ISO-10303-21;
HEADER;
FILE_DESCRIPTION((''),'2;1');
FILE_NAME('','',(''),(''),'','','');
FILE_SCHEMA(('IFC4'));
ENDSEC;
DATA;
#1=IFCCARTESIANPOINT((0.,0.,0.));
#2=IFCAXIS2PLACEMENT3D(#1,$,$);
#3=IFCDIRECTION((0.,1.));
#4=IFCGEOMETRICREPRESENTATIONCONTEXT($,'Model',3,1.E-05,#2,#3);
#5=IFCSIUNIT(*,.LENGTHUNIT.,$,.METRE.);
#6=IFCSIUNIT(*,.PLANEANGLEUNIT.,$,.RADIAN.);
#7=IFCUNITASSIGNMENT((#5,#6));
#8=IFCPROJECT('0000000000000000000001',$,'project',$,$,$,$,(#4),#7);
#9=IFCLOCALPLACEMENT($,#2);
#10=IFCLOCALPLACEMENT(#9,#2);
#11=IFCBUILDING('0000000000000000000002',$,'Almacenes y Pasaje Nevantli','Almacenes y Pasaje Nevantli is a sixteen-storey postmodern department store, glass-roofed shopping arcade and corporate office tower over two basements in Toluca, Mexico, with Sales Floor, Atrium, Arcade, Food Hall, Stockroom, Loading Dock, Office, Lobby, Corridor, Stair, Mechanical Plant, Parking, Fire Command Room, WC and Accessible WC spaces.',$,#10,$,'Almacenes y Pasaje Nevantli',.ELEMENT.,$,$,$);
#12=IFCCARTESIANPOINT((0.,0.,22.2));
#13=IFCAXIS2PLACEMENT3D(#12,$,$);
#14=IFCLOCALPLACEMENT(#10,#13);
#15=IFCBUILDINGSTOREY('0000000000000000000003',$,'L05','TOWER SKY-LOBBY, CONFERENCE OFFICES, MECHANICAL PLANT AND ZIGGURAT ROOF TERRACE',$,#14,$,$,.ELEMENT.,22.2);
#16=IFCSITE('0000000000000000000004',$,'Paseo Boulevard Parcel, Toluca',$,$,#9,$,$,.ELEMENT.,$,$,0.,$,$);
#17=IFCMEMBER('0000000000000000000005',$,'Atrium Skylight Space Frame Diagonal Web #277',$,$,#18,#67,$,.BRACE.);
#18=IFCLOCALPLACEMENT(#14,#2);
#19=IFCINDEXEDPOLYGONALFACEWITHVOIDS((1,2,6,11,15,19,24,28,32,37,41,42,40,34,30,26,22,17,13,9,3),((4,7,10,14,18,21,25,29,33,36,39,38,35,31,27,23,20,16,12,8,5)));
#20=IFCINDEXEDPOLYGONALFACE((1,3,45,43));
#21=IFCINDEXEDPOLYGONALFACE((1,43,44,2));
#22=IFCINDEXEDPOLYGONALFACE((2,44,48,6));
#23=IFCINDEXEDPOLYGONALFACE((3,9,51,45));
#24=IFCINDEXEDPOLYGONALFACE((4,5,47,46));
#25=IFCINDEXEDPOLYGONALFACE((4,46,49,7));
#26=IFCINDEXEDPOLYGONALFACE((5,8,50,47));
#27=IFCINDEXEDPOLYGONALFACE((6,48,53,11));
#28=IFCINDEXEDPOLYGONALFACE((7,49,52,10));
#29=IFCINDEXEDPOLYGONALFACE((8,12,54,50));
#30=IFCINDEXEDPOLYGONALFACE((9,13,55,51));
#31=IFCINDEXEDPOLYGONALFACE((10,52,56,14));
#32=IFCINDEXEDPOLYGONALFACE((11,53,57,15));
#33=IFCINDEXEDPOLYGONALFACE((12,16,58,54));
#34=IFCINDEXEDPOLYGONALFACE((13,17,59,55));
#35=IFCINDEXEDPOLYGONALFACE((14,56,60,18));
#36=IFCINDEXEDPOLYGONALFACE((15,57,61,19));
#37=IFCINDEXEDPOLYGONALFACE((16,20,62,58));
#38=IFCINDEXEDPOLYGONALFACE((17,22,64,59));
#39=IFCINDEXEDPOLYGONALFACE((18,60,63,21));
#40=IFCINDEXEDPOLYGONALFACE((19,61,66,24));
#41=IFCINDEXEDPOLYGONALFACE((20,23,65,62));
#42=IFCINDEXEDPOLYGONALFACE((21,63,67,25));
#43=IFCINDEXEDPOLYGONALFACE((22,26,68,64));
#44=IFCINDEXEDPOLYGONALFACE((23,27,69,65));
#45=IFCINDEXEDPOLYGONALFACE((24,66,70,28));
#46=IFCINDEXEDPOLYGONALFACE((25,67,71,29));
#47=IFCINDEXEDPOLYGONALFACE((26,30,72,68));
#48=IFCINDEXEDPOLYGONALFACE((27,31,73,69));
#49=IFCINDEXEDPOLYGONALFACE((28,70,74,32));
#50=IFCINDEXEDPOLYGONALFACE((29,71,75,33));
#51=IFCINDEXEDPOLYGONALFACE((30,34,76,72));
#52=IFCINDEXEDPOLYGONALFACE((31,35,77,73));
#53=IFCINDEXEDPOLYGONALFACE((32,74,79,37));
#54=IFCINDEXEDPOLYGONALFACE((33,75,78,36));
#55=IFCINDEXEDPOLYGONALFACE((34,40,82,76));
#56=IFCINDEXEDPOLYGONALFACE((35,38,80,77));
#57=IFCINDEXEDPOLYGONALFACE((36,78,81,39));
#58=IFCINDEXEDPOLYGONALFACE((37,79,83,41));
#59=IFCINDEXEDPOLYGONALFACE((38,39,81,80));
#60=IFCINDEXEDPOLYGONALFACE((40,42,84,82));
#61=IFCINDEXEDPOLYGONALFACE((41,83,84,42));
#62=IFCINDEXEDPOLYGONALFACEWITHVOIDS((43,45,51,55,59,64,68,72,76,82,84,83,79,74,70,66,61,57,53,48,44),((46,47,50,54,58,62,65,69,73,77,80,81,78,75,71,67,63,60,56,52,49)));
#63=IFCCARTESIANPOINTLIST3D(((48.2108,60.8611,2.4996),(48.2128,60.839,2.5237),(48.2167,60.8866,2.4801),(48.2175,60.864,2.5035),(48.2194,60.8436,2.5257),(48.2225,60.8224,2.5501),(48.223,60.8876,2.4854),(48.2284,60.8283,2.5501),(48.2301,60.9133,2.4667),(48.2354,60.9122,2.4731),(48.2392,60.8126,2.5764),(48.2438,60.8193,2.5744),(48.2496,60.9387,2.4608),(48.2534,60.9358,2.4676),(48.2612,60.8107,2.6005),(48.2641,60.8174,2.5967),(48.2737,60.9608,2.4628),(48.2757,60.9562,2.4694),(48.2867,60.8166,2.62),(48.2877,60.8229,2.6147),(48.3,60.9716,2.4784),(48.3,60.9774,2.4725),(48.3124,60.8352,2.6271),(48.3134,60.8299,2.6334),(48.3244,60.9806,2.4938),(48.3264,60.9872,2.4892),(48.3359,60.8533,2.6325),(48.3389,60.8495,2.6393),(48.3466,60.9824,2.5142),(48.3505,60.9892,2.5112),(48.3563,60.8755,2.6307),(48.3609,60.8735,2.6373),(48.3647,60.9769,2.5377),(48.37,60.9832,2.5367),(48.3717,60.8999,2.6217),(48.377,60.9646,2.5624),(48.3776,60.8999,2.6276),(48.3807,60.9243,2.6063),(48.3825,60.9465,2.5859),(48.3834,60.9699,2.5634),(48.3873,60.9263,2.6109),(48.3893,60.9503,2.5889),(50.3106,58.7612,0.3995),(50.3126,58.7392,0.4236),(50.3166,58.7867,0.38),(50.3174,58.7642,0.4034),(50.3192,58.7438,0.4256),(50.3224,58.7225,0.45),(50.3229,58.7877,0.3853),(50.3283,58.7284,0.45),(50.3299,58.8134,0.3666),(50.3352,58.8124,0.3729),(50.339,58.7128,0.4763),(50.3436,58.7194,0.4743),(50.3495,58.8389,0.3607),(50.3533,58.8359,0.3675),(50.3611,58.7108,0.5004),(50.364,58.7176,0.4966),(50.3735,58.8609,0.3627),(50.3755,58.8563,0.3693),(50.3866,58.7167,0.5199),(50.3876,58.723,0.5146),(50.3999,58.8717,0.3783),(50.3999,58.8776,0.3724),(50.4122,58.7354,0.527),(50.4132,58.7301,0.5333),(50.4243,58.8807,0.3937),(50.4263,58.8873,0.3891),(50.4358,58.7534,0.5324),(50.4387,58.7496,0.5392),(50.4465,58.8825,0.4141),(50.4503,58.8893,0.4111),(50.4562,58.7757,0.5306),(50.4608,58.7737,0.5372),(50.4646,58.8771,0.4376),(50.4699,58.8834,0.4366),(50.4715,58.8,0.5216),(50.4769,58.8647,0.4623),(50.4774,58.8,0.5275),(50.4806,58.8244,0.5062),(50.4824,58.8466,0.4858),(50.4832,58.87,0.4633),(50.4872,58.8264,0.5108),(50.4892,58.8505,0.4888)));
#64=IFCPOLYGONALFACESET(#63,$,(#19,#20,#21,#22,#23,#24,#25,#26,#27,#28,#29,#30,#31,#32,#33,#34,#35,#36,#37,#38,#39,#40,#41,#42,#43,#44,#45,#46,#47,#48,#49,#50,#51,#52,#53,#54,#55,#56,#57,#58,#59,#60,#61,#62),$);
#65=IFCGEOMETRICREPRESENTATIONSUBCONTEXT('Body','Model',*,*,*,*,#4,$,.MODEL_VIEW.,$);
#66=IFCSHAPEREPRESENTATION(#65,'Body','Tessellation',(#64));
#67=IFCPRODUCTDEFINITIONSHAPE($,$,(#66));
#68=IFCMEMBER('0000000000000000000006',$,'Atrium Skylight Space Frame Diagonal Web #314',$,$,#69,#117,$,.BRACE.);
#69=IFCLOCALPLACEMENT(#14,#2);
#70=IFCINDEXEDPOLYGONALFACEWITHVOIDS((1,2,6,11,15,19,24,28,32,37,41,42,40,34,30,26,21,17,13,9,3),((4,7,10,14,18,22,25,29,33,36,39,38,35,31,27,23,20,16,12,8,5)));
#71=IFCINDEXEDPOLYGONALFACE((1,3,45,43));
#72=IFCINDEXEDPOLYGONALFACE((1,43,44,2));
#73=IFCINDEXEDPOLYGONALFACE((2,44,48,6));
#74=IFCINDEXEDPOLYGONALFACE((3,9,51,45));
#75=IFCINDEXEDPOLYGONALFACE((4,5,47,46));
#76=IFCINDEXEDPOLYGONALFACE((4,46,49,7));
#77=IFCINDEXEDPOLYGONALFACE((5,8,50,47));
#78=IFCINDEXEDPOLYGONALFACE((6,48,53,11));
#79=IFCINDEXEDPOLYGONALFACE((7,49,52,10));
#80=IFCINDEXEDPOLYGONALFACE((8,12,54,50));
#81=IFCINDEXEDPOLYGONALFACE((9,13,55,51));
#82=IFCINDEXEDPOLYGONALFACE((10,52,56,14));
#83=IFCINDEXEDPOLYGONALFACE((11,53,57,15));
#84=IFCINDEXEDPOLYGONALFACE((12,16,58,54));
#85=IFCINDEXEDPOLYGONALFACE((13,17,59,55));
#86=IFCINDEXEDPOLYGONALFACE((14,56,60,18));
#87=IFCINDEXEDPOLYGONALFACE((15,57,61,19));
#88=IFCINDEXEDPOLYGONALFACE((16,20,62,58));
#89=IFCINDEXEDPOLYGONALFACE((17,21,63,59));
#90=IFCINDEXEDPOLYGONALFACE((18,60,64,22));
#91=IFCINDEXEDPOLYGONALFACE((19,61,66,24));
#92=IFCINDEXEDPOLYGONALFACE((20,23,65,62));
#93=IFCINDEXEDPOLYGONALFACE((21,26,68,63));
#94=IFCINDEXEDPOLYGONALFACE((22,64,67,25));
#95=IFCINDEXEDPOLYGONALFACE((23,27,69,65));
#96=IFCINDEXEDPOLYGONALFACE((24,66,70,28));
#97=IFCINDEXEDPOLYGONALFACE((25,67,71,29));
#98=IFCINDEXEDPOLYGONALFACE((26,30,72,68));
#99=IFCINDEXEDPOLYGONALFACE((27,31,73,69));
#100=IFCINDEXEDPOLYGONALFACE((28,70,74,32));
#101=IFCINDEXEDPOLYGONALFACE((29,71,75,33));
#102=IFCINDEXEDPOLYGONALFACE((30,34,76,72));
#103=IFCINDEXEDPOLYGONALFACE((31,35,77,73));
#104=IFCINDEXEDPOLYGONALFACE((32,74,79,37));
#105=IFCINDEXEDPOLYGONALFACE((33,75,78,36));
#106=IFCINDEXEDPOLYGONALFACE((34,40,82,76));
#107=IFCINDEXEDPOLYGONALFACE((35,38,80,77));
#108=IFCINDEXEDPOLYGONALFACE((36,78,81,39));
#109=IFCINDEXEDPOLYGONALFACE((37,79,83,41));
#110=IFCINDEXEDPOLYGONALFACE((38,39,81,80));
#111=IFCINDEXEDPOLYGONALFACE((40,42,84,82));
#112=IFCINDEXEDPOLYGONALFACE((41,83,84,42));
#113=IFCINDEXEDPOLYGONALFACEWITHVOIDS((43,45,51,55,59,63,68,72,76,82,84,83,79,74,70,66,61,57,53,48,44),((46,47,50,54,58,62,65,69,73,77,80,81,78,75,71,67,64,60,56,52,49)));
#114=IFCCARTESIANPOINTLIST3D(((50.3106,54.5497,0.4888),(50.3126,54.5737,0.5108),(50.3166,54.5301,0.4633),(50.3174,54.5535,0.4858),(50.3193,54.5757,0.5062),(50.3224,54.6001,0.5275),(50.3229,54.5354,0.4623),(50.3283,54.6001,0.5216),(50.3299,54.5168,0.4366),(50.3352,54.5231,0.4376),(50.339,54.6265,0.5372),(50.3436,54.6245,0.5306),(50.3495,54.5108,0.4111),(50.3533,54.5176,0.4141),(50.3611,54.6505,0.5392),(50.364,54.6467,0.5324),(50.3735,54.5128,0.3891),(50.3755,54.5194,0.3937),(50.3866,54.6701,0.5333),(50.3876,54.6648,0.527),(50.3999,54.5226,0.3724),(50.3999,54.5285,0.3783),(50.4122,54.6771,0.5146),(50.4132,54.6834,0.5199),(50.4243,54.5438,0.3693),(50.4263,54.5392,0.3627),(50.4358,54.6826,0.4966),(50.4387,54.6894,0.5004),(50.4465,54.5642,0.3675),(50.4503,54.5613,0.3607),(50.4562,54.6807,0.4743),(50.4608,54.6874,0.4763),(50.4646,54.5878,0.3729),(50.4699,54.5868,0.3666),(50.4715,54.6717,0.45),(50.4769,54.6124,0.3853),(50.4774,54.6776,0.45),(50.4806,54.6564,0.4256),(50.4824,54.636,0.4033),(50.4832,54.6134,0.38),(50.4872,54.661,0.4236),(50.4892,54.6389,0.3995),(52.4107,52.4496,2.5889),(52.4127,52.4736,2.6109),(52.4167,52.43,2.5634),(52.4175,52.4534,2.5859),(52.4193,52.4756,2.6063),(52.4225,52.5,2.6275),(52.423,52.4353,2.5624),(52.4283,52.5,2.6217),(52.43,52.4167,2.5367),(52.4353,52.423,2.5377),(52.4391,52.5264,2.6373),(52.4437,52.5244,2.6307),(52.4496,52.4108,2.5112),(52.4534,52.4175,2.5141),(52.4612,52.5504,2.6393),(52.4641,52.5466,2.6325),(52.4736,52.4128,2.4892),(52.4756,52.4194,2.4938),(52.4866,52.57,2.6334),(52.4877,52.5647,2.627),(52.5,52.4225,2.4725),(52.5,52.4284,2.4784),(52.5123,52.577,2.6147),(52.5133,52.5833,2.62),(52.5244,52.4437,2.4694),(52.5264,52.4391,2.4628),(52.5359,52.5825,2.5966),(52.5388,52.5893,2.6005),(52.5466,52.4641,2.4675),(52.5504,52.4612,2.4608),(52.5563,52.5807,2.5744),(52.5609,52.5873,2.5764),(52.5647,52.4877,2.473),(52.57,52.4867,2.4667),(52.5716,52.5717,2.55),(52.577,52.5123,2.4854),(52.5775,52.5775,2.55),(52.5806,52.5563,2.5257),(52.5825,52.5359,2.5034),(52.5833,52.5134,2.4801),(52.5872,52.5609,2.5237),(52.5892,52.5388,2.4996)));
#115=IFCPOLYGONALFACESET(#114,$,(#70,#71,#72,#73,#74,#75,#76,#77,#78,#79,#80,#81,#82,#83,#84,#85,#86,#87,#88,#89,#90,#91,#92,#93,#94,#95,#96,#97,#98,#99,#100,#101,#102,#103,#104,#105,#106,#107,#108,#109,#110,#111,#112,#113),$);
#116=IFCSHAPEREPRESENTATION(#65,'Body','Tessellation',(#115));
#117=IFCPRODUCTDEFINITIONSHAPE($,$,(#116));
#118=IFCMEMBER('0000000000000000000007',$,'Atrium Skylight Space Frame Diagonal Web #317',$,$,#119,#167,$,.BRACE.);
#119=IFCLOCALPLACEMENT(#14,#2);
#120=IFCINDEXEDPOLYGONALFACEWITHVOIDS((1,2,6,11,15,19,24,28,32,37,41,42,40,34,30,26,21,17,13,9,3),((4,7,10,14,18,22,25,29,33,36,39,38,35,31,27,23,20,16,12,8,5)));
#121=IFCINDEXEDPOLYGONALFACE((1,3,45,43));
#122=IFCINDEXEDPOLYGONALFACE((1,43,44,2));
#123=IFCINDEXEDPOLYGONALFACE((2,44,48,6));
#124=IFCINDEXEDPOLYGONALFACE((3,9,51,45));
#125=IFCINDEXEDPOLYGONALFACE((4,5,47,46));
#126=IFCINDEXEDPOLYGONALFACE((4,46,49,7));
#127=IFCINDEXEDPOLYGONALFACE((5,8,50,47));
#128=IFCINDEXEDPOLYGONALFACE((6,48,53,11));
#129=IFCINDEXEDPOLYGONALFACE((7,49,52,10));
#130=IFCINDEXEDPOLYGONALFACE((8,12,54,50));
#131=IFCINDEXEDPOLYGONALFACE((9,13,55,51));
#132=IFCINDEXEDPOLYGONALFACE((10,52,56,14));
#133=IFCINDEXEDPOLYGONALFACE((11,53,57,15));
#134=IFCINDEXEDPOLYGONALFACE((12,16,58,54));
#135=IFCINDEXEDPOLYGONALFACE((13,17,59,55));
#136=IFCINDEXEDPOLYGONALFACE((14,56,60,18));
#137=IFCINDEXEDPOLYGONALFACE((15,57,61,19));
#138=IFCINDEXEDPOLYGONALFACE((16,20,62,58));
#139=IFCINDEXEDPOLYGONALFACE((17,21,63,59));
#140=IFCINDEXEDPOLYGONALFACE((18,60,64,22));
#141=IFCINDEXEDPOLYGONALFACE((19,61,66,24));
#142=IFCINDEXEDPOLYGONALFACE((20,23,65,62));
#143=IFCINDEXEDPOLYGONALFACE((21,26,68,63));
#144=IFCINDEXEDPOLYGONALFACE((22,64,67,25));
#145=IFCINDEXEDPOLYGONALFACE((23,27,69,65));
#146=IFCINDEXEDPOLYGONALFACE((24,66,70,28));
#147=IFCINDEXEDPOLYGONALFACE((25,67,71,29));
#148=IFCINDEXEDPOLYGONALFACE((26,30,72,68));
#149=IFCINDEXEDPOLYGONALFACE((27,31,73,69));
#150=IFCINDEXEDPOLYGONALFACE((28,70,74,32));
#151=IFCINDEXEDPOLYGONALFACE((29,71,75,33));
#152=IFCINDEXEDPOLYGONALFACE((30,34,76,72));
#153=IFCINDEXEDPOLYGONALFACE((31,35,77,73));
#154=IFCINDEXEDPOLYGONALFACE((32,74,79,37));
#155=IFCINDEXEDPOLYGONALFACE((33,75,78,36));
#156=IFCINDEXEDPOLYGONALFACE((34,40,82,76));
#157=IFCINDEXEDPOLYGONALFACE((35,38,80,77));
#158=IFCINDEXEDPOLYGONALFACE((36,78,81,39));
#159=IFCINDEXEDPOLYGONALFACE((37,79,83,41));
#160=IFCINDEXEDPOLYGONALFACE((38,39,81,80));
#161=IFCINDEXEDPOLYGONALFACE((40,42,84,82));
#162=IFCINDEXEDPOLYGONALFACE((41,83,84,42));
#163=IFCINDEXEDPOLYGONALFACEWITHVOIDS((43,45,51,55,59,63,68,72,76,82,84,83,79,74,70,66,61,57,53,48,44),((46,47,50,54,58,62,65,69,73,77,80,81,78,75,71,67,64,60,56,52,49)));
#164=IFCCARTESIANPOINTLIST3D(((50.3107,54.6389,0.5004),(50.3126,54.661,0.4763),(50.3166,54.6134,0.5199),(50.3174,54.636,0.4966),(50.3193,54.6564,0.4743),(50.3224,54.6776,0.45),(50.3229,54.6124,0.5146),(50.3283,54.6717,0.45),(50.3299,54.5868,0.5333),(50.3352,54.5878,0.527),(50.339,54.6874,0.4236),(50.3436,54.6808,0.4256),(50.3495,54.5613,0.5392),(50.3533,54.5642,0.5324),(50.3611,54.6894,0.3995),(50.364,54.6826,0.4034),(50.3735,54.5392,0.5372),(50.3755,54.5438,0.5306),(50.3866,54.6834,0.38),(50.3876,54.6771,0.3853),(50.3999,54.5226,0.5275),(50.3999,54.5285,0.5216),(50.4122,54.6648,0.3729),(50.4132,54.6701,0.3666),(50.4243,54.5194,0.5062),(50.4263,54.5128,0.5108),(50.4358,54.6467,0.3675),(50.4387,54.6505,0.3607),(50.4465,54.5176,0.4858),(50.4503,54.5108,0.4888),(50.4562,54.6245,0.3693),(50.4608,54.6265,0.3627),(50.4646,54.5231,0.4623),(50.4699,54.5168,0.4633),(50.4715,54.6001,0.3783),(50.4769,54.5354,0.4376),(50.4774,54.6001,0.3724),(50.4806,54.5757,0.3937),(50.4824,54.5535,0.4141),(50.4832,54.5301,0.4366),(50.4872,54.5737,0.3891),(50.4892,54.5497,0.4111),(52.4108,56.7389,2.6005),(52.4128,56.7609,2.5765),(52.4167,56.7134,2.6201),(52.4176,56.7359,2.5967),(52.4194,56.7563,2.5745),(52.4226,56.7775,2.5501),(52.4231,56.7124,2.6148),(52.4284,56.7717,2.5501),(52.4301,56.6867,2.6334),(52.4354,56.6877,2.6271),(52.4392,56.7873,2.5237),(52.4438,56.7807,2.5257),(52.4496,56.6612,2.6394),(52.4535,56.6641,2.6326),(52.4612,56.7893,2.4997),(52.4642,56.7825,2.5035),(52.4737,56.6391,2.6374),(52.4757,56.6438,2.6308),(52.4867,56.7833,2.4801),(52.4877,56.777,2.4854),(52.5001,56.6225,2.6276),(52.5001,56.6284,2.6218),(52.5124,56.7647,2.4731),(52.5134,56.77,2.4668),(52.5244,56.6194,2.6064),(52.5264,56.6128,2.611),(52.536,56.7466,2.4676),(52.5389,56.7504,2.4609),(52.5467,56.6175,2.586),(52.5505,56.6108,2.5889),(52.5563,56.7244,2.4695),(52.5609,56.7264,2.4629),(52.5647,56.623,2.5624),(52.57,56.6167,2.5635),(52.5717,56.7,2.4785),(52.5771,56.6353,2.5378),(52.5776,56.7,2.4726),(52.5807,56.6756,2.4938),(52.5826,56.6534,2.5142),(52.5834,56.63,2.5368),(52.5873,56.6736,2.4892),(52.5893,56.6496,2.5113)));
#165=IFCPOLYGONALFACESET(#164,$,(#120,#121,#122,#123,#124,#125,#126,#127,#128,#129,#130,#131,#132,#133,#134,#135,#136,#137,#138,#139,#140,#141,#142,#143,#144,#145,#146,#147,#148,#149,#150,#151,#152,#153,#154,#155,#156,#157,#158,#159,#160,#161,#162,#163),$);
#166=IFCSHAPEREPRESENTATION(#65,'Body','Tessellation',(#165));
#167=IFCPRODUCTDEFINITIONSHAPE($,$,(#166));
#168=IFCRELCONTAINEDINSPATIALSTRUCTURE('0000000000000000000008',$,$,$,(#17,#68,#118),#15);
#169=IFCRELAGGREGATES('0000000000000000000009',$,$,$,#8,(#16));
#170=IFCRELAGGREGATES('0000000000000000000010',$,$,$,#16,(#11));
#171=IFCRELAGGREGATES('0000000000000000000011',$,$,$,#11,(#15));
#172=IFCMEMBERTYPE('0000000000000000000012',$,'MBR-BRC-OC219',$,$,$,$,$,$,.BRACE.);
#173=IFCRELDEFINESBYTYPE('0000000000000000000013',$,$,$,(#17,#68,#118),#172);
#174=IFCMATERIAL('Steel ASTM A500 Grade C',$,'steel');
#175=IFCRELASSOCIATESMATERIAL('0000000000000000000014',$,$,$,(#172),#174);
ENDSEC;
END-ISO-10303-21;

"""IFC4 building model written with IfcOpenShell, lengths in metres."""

from ifc_helpers import new_model, si_unit, direction, frame, origin, origin_2d, place, context, subcontext, project, spatial, hollow_circle, extrude, material, material_profile, profile_set, type_object, element, save


model = new_model("IFC4")

# Units and contexts
model_context = context("Model", 3, precision=1e-05, world=origin(), true_north=direction((0.0, 1.0)))
body_context = subcontext(model_context, "Body", "Model", "MODEL_VIEW")
ifc_project = project(units=[si_unit("LENGTHUNIT", "METRE"), si_unit("PLANEANGLEUNIT", "RADIAN")], contexts=[model_context])

# Site, building, storey
site_placement = place(None, origin())
site = spatial("IfcSite", under=ifc_project, at=site_placement, Name="Paseo Boulevard Parcel, Toluca", CompositionType="ELEMENT", RefElevation=0.0)
building_placement = place(site_placement, origin())
building = spatial("IfcBuilding", under=site, at=building_placement, Name="Almacenes y Pasaje Nevantli", Description="Almacenes y Pasaje Nevantli is a sixteen-storey postmodern department store, glass-roofed shopping arcade and corporate office tower over two basements in Toluca, Mexico, with Sales Floor, Atrium, Arcade, Food Hall, Stockroom, Loading Dock, Office, Lobby, Corridor, Stair, Mechanical Plant, Parking, Fire Command Room, WC and Accessible WC spaces.", LongName="Almacenes y Pasaje Nevantli", CompositionType="ELEMENT")
storey_placement = place(building_placement, frame((0.0, 0.0, 22.2)))
storey = spatial("IfcBuildingStorey", under=building, at=storey_placement, Name="L05", Description="TOWER SKY-LOBBY, CONFERENCE OFFICES, MECHANICAL PLANT AND ZIGGURAT ROOF TERRACE", CompositionType="ELEMENT", Elevation=22.2)

# Members
ifc_material_1 = material(Name="Steel ASTM A500 Grade C", Category="steel")
ifc_material_profile_1 = material_profile(ifc_material_1, hollow_circle(Radius=0.1096, WallThickness=0.0083, at=origin_2d()), Name="OC 219x8.2")
ifc_profile_set_1 = profile_set([ifc_material_profile_1], Name="Steel ASTM A500 Grade C")
member_type_1 = type_object("IfcMemberType", Name="MBR-BRC-OC219", PredefinedType="BRACE", material=ifc_profile_set_1)
member_1_placement = place(storey_placement, frame((50.3999, 58.8, 0.45), z_axis=(-0.577328, 0.577328, 0.577395), x_axis=(-0.707107, -0.707107, 0.0)))
element("IfcMember", 1, at=member_1_placement, inside=storey, type_object=member_type_1, Name="Atrium Skylight Space Frame Diagonal Web #277", PredefinedType="BRACE", context=body_context, shape_type="SweptSolid", body=[
    extrude(hollow_circle(Radius=0.1096, WallThickness=0.0083, at=origin_2d()), origin(), (0.0, 0.0, 1.0), 3.6372),
])
for number, where, z_axis, x_axis, name in (
    (2, (50.3999, 54.6001, 0.45), (0.57735, -0.57735, 0.57735), (0.707107, 0.707107, 0.0), "Atrium Skylight Space Frame Diagonal Web #314"),
    (3, (50.3999, 54.6001, 0.45), (0.577373, 0.577306, 0.577373), (-0.707066, 0.707148, 0.0), "Atrium Skylight Space Frame Diagonal Web #317"),
):
    element("IfcMember", number, at=place(storey_placement, frame(where, z_axis=z_axis, x_axis=x_axis)), inside=storey, type_object=member_type_1, Name=name, PredefinedType="BRACE", context=body_context, shape_type="SweptSolid", body=[
        extrude(hollow_circle(Radius=0.1096, WallThickness=0.0083, at=origin_2d()), origin(), (0.0, 0.0, 1.0), 3.6375),
    ])

save(model, "model.ifc")
